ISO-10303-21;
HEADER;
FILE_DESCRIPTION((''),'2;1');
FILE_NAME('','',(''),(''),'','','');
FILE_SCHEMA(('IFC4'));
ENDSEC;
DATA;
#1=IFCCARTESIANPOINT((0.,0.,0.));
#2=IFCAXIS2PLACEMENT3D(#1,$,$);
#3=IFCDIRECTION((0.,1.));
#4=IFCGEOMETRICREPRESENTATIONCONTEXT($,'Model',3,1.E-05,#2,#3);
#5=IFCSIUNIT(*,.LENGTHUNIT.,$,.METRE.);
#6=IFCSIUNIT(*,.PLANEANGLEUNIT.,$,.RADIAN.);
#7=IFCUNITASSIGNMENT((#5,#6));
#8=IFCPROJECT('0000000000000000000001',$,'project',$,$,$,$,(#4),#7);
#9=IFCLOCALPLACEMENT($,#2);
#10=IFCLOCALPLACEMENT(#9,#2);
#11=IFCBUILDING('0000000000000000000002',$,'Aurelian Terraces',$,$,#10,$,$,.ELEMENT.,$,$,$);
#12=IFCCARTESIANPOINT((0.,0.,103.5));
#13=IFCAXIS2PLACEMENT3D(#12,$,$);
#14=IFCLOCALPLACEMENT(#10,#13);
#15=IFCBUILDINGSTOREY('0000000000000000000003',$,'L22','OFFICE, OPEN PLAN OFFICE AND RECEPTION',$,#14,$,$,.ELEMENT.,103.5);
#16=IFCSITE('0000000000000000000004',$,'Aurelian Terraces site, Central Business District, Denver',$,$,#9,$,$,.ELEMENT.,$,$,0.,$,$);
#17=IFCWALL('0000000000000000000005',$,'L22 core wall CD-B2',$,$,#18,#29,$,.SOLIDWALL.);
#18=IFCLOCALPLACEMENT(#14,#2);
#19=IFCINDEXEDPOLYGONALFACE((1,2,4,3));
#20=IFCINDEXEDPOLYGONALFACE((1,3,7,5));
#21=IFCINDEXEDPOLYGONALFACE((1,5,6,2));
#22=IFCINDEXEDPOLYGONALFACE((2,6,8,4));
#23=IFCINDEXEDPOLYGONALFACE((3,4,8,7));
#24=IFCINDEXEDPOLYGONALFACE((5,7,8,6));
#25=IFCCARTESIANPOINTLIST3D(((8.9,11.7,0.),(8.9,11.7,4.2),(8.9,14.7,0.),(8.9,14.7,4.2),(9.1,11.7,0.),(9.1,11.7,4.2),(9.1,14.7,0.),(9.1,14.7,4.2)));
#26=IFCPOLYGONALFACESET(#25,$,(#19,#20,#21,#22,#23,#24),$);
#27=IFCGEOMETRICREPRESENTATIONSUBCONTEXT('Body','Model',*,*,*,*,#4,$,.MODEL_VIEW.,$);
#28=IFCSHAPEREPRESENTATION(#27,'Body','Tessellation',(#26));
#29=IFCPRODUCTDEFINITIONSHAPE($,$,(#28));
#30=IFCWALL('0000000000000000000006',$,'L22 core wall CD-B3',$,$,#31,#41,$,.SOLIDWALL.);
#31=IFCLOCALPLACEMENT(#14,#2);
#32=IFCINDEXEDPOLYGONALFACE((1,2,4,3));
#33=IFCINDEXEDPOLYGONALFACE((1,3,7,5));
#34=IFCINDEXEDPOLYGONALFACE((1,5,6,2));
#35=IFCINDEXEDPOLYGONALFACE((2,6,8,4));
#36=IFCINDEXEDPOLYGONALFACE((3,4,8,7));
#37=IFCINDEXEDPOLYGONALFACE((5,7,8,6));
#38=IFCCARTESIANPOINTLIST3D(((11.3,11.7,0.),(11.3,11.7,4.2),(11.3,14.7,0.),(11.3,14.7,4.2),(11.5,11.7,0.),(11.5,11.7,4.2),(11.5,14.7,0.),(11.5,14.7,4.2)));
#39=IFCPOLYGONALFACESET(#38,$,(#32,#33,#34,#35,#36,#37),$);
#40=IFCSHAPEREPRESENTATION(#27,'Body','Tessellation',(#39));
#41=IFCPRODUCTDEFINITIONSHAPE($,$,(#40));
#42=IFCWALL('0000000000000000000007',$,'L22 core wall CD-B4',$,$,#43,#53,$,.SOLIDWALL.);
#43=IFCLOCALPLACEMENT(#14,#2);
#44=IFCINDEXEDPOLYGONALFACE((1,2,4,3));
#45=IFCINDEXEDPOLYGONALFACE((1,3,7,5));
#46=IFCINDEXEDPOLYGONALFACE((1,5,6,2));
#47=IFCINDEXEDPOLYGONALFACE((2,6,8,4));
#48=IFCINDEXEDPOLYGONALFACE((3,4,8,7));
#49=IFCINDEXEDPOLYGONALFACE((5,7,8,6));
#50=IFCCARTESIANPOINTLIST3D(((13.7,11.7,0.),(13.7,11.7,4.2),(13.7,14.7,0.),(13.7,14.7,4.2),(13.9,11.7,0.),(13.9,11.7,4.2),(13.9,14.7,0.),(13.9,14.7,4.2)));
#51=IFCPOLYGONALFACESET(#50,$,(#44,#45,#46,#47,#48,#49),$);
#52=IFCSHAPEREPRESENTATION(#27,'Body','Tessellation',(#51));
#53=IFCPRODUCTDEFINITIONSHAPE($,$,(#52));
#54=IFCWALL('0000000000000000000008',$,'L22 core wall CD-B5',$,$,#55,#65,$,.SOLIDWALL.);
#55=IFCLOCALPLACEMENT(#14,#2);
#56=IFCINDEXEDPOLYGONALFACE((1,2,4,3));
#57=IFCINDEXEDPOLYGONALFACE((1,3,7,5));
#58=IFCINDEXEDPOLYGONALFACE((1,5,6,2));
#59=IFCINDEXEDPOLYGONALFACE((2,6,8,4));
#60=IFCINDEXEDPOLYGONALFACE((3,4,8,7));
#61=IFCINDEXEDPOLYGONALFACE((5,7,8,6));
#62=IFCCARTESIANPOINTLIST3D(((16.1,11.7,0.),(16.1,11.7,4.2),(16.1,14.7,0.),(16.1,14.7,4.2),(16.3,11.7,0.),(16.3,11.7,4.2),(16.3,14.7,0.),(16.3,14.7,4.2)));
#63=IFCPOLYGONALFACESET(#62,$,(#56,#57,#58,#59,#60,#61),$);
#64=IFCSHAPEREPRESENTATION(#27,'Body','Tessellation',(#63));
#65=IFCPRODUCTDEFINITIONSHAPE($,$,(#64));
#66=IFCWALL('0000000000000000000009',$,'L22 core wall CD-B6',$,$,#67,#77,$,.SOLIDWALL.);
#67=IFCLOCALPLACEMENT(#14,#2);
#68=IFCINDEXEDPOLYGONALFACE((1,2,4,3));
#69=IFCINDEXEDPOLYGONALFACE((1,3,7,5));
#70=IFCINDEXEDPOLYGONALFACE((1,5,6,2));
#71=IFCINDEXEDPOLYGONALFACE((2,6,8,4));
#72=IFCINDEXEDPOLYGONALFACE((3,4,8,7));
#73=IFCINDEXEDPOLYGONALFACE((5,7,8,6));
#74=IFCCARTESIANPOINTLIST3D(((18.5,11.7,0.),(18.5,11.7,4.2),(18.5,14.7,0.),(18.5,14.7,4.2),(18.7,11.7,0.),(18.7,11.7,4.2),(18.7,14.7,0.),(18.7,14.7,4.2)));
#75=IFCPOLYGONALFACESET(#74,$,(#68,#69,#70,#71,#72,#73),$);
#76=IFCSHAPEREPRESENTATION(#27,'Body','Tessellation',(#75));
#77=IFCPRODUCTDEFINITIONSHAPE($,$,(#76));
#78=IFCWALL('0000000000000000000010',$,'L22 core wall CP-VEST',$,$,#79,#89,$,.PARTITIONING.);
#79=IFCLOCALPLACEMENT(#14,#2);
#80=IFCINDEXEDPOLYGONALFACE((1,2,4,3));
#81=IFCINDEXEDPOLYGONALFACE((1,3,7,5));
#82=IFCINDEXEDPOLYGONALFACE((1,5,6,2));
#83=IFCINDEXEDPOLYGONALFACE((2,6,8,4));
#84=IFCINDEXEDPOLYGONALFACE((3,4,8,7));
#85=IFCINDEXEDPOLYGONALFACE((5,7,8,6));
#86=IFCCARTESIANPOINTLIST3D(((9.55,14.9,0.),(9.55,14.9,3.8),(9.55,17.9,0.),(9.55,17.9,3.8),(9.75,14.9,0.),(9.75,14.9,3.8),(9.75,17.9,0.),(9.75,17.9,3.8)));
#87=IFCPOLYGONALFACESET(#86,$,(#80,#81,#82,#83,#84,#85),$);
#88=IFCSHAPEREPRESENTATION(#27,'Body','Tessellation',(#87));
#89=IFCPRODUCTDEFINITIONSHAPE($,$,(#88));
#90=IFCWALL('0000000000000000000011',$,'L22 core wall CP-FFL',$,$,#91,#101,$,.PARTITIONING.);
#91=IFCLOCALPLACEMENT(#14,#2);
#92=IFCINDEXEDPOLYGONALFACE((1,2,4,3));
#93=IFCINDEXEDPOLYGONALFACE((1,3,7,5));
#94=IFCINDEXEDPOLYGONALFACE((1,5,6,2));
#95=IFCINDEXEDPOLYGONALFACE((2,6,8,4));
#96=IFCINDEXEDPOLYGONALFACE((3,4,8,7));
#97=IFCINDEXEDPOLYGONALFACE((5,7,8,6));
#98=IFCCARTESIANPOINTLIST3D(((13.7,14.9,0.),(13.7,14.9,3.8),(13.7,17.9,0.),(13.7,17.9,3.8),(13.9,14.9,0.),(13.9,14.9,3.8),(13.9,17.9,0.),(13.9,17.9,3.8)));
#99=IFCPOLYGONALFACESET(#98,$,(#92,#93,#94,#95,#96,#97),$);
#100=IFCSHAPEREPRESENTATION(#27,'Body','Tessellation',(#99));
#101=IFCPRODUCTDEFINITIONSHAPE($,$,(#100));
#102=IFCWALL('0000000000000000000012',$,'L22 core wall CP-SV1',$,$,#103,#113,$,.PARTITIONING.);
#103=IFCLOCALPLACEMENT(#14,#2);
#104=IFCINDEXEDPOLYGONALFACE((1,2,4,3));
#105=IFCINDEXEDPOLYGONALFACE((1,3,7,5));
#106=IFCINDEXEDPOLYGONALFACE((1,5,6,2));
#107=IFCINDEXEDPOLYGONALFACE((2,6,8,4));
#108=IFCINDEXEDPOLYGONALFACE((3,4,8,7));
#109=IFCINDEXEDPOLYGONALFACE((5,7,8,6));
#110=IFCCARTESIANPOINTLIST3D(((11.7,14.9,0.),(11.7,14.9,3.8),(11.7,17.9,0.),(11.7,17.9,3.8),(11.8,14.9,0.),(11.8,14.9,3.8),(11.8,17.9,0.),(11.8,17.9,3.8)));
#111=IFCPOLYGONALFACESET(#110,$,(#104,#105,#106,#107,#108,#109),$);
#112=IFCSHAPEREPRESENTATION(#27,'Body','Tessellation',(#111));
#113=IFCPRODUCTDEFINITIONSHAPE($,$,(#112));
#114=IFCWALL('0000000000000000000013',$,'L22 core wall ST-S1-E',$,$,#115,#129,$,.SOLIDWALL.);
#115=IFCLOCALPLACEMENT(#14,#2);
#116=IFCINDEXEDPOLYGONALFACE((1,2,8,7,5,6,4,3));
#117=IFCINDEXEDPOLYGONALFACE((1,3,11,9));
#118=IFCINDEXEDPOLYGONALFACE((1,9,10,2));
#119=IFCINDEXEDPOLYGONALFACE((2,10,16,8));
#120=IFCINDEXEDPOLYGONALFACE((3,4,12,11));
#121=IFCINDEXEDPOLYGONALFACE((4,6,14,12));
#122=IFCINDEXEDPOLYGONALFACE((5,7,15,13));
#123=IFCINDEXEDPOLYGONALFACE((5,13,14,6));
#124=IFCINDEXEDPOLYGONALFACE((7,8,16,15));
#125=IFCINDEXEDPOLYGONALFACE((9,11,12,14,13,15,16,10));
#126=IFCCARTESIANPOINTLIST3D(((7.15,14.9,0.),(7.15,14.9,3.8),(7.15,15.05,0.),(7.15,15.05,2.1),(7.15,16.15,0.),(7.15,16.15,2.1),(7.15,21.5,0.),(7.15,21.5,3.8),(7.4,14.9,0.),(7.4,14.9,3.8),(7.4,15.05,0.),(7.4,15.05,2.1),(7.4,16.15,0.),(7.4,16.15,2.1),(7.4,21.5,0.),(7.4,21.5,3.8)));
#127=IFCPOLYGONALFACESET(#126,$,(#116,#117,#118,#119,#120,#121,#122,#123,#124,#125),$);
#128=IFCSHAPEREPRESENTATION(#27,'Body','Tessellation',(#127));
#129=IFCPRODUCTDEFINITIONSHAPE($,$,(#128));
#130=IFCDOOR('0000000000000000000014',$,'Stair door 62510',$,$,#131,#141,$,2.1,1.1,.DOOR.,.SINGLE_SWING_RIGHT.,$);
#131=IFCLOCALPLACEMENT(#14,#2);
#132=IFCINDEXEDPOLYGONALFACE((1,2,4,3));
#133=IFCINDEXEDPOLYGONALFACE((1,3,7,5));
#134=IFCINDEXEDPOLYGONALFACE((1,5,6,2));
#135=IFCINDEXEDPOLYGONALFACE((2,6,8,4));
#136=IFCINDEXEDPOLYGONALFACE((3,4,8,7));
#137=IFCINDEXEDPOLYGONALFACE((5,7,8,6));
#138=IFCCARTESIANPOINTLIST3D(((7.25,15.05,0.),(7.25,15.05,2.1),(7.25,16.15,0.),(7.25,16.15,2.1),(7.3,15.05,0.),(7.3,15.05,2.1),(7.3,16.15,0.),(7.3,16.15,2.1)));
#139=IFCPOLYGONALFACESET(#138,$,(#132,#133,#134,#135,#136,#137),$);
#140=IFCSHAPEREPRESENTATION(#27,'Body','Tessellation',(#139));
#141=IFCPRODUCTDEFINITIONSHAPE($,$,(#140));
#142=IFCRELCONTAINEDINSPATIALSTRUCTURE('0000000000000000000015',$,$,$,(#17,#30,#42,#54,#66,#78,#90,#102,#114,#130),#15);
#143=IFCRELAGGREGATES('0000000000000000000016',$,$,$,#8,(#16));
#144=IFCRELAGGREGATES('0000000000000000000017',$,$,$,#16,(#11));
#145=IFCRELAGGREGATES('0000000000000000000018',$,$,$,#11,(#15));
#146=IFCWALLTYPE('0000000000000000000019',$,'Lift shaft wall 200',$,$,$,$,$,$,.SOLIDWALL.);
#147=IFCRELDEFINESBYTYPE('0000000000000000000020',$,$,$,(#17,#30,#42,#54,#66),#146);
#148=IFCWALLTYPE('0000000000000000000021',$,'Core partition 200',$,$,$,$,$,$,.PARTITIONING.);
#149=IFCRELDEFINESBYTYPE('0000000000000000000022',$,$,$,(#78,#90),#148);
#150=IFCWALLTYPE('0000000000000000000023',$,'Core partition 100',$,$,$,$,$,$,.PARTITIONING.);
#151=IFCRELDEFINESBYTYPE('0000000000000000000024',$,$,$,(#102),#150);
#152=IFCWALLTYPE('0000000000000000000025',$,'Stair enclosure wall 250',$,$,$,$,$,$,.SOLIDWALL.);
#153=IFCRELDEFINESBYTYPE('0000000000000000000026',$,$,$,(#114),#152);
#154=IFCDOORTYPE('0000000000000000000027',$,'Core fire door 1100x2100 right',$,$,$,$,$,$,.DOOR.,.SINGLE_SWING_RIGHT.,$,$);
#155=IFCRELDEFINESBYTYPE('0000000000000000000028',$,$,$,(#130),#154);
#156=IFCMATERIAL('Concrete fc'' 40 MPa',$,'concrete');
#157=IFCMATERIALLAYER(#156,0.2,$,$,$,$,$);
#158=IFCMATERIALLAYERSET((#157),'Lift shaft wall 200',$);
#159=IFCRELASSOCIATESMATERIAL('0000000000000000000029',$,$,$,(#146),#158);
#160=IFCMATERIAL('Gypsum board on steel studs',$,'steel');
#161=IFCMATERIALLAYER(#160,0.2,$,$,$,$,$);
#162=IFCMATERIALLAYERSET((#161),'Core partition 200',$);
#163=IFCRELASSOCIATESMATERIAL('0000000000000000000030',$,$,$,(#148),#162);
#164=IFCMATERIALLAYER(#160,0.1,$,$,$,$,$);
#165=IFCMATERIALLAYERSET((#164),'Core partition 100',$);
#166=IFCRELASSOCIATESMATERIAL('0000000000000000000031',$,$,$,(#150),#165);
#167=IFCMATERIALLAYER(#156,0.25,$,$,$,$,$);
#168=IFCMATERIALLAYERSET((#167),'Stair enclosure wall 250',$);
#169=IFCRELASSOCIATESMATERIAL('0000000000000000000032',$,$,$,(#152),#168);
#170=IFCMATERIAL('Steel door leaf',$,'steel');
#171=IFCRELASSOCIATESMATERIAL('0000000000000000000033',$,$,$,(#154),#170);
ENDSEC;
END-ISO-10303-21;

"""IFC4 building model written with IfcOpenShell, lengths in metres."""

from ifc_helpers import new_model, si_unit, direction, frame, frame_2d, origin, place, context, subcontext, project, spatial, rectangle, extrude, source, transform, mapped, material, layer, layer_set, type_object, element, fill, save


model = new_model("IFC4")

# Units and contexts
model_context = context("Model", 3, precision=1e-05, world=origin(), true_north=direction((0.0, 1.0)))
body_context = subcontext(model_context, "Body", "Model", "MODEL_VIEW")
ifc_project = project(units=[si_unit("LENGTHUNIT", "METRE"), si_unit("PLANEANGLEUNIT", "RADIAN")], contexts=[model_context])

# Site, building, storey
site_placement = place(None, origin())
site = spatial("IfcSite", under=ifc_project, at=site_placement, Name="Aurelian Terraces site, Central Business District, Denver", CompositionType="ELEMENT", RefElevation=0.0)
building_placement = place(site_placement, origin())
building = spatial("IfcBuilding", under=site, at=building_placement, Name="Aurelian Terraces", CompositionType="ELEMENT")
storey_placement = place(building_placement, frame((0.0, 0.0, 103.5)))
storey = spatial("IfcBuildingStorey", under=building, at=storey_placement, Name="L22", Description="OFFICE, OPEN PLAN OFFICE AND RECEPTION", CompositionType="ELEMENT", Elevation=103.5)

# Walls
ifc_material_1 = material(Name="Concrete fc' 40 MPa", Category="concrete")
ifc_layer_1 = layer(ifc_material_1, 0.2)
ifc_layer_set_1 = layer_set([ifc_layer_1], Name="Lift shaft wall 200")
wall_type_1 = type_object("IfcWallType", Name="Lift shaft wall 200", PredefinedType="SOLIDWALL", material=ifc_layer_set_1)
shared_shape_1 = source(origin(), body_context, "Body", "SweptSolid", [
    extrude(rectangle(XDim=3.0, YDim=0.2, at=frame_2d((1.5, 0.0))), origin(), (0.0, 0.0, 1.0), 4.2),
])
for number, where, z_axis, x_axis, name in (
    (1, (9.0, 11.7, 0.0), (0.0, 0.0, 1.0), (0.0, 1.0, 0.0), "L22 core wall CD-B2"),
    (2, (11.4, 11.7, 0.0), (0.0, 0.0, 1.0), (0.0, 1.0, 0.0), "L22 core wall CD-B3"),
    (3, (13.8, 11.7, 0.0), (0.0, 0.0, 1.0), (0.0, 1.0, 0.0), "L22 core wall CD-B4"),
    (4, (16.2, 11.7, 0.0), (0.0, 0.0, 1.0), (0.0, 1.0, 0.0), "L22 core wall CD-B5"),
    (5, (18.6, 11.7, 0.0), (0.0, 0.0, 1.0), (0.0, 1.0, 0.0), "L22 core wall CD-B6"),
):
    element("IfcWall", number, at=place(storey_placement, frame(where, z_axis=z_axis, x_axis=x_axis)), inside=storey, type_object=wall_type_1, Name=name, PredefinedType="SOLIDWALL", context=body_context, shape_type="MappedRepresentation", body=[
        mapped(shared_shape_1, transform((0.0, 0.0, 0.0), scale=1.0)),
    ])
ifc_material_2 = material(Name="Gypsum board on steel studs", Category="steel")
ifc_layer_2 = layer(ifc_material_2, 0.2)
ifc_layer_set_2 = layer_set([ifc_layer_2], Name="Core partition 200")
wall_type_2 = type_object("IfcWallType", Name="Core partition 200", PredefinedType="PARTITIONING", material=ifc_layer_set_2)
shared_shape_2 = source(origin(), body_context, "Body", "SweptSolid", [
    extrude(rectangle(XDim=3.0, YDim=0.2, at=frame_2d((1.5, 0.0))), origin(), (0.0, 0.0, 1.0), 3.8),
])
for number, where, z_axis, x_axis, name in (
    (6, (9.65, 14.9, 0.0), (0.0, 0.0, 1.0), (0.0, 1.0, 0.0), "L22 core wall CP-VEST"),
    (7, (13.8, 14.9, 0.0), (0.0, 0.0, 1.0), (0.0, 1.0, 0.0), "L22 core wall CP-FFL"),
):
    element("IfcWall", number, at=place(storey_placement, frame(where, z_axis=z_axis, x_axis=x_axis)), inside=storey, type_object=wall_type_2, Name=name, PredefinedType="PARTITIONING", context=body_context, shape_type="MappedRepresentation", body=[
        mapped(shared_shape_2, transform((0.0, 0.0, 0.0), scale=1.0)),
    ])
ifc_layer_3 = layer(ifc_material_2, 0.1)
ifc_layer_set_3 = layer_set([ifc_layer_3], Name="Core partition 100")
wall_type_3 = type_object("IfcWallType", Name="Core partition 100", PredefinedType="PARTITIONING", material=ifc_layer_set_3)
shared_shape_3 = source(origin(), body_context, "Body", "SweptSolid", [
    extrude(rectangle(XDim=3.0, YDim=0.1, at=frame_2d((1.5, 0.0))), origin(), (0.0, 0.0, 1.0), 3.8),
])
wall_1_placement = place(storey_placement, frame((11.75, 14.9, 0.0), z_axis=(0.0, 0.0, 1.0), x_axis=(0.0, 1.0, 0.0)))
element("IfcWall", 8, at=wall_1_placement, inside=storey, type_object=wall_type_3, Name="L22 core wall CP-SV1", PredefinedType="PARTITIONING", context=body_context, shape_type="MappedRepresentation", body=[
    mapped(shared_shape_3, transform((0.0, 0.0, 0.0), scale=1.0)),
])

# Wall, opening, door
ifc_layer_4 = layer(ifc_material_1, 0.25)
ifc_layer_set_4 = layer_set([ifc_layer_4], Name="Stair enclosure wall 250")
wall_type_4 = type_object("IfcWallType", Name="Stair enclosure wall 250", PredefinedType="SOLIDWALL", material=ifc_layer_set_4)
shared_shape_4 = source(origin(), body_context, "Body", "SweptSolid", [
    extrude(rectangle(XDim=6.6, YDim=0.25, at=frame_2d((3.3, 0.0))), origin(), (0.0, 0.0, 1.0), 3.8),
])
wall_2_placement = place(storey_placement, frame((7.275, 14.9, 0.0), z_axis=(0.0, 0.0, 1.0), x_axis=(0.0, 1.0, 0.0)))
wall_2 = element("IfcWall", 9, at=wall_2_placement, inside=storey, type_object=wall_type_4, Name="L22 core wall ST-S1-E", PredefinedType="SOLIDWALL", context=body_context, shape_type="MappedRepresentation", body=[
    mapped(shared_shape_4, transform((0.0, 0.0, 0.0), scale=1.0)),
])
shared_shape_5 = source(origin(), body_context, "Body", "SweptSolid", [
    extrude(rectangle(XDim=1.1, YDim=2.1, at=frame_2d((0.55, 1.05))), frame((0.0, 0.135, 0.0), z_axis=(0.0, -1.0, 0.0), x_axis=(1.0, 0.0, 0.0)), (0.0, 0.0, 1.0), 0.27),
])
opening_1_placement = place(wall_2_placement, frame((0.15, 0.0, 0.0)))
opening_1 = element("IfcOpeningElement", 10, at=opening_1_placement, cuts=wall_2, PredefinedType="OPENING", context=body_context, shape_type="MappedRepresentation", body=[
    mapped(shared_shape_5, transform((0.0, 0.0, 0.0), scale=1.0)),
])
ifc_material_3 = material(Name="Steel door leaf", Category="steel")
door_type_1 = type_object("IfcDoorType", Name="Core fire door 1100x2100 right", OperationType="SINGLE_SWING_RIGHT", PredefinedType="DOOR", material=ifc_material_3)
shared_shape_6 = source(origin(), body_context, "Body", "SweptSolid", [
    extrude(rectangle(XDim=1.1, YDim=2.1, at=frame_2d((0.55, 1.05))), frame((0.0, 0.025, 0.0), z_axis=(0.0, -1.0, 0.0), x_axis=(1.0, 0.0, 0.0)), (0.0, 0.0, 1.0), 0.05),
])
door_1_placement = place(opening_1_placement, origin())
door_1 = element("IfcDoor", 11, at=door_1_placement, inside=storey, type_object=door_type_1, Name="Stair door 62510", OperationType="SINGLE_SWING_RIGHT", OverallHeight=2.1, OverallWidth=1.1, PredefinedType="DOOR", context=body_context, shape_type="MappedRepresentation", body=[
    mapped(shared_shape_6, transform((0.0, 0.0, 0.0), scale=1.0)),
])
fill(opening_1, door_1)

save(model, "model.ifc")
